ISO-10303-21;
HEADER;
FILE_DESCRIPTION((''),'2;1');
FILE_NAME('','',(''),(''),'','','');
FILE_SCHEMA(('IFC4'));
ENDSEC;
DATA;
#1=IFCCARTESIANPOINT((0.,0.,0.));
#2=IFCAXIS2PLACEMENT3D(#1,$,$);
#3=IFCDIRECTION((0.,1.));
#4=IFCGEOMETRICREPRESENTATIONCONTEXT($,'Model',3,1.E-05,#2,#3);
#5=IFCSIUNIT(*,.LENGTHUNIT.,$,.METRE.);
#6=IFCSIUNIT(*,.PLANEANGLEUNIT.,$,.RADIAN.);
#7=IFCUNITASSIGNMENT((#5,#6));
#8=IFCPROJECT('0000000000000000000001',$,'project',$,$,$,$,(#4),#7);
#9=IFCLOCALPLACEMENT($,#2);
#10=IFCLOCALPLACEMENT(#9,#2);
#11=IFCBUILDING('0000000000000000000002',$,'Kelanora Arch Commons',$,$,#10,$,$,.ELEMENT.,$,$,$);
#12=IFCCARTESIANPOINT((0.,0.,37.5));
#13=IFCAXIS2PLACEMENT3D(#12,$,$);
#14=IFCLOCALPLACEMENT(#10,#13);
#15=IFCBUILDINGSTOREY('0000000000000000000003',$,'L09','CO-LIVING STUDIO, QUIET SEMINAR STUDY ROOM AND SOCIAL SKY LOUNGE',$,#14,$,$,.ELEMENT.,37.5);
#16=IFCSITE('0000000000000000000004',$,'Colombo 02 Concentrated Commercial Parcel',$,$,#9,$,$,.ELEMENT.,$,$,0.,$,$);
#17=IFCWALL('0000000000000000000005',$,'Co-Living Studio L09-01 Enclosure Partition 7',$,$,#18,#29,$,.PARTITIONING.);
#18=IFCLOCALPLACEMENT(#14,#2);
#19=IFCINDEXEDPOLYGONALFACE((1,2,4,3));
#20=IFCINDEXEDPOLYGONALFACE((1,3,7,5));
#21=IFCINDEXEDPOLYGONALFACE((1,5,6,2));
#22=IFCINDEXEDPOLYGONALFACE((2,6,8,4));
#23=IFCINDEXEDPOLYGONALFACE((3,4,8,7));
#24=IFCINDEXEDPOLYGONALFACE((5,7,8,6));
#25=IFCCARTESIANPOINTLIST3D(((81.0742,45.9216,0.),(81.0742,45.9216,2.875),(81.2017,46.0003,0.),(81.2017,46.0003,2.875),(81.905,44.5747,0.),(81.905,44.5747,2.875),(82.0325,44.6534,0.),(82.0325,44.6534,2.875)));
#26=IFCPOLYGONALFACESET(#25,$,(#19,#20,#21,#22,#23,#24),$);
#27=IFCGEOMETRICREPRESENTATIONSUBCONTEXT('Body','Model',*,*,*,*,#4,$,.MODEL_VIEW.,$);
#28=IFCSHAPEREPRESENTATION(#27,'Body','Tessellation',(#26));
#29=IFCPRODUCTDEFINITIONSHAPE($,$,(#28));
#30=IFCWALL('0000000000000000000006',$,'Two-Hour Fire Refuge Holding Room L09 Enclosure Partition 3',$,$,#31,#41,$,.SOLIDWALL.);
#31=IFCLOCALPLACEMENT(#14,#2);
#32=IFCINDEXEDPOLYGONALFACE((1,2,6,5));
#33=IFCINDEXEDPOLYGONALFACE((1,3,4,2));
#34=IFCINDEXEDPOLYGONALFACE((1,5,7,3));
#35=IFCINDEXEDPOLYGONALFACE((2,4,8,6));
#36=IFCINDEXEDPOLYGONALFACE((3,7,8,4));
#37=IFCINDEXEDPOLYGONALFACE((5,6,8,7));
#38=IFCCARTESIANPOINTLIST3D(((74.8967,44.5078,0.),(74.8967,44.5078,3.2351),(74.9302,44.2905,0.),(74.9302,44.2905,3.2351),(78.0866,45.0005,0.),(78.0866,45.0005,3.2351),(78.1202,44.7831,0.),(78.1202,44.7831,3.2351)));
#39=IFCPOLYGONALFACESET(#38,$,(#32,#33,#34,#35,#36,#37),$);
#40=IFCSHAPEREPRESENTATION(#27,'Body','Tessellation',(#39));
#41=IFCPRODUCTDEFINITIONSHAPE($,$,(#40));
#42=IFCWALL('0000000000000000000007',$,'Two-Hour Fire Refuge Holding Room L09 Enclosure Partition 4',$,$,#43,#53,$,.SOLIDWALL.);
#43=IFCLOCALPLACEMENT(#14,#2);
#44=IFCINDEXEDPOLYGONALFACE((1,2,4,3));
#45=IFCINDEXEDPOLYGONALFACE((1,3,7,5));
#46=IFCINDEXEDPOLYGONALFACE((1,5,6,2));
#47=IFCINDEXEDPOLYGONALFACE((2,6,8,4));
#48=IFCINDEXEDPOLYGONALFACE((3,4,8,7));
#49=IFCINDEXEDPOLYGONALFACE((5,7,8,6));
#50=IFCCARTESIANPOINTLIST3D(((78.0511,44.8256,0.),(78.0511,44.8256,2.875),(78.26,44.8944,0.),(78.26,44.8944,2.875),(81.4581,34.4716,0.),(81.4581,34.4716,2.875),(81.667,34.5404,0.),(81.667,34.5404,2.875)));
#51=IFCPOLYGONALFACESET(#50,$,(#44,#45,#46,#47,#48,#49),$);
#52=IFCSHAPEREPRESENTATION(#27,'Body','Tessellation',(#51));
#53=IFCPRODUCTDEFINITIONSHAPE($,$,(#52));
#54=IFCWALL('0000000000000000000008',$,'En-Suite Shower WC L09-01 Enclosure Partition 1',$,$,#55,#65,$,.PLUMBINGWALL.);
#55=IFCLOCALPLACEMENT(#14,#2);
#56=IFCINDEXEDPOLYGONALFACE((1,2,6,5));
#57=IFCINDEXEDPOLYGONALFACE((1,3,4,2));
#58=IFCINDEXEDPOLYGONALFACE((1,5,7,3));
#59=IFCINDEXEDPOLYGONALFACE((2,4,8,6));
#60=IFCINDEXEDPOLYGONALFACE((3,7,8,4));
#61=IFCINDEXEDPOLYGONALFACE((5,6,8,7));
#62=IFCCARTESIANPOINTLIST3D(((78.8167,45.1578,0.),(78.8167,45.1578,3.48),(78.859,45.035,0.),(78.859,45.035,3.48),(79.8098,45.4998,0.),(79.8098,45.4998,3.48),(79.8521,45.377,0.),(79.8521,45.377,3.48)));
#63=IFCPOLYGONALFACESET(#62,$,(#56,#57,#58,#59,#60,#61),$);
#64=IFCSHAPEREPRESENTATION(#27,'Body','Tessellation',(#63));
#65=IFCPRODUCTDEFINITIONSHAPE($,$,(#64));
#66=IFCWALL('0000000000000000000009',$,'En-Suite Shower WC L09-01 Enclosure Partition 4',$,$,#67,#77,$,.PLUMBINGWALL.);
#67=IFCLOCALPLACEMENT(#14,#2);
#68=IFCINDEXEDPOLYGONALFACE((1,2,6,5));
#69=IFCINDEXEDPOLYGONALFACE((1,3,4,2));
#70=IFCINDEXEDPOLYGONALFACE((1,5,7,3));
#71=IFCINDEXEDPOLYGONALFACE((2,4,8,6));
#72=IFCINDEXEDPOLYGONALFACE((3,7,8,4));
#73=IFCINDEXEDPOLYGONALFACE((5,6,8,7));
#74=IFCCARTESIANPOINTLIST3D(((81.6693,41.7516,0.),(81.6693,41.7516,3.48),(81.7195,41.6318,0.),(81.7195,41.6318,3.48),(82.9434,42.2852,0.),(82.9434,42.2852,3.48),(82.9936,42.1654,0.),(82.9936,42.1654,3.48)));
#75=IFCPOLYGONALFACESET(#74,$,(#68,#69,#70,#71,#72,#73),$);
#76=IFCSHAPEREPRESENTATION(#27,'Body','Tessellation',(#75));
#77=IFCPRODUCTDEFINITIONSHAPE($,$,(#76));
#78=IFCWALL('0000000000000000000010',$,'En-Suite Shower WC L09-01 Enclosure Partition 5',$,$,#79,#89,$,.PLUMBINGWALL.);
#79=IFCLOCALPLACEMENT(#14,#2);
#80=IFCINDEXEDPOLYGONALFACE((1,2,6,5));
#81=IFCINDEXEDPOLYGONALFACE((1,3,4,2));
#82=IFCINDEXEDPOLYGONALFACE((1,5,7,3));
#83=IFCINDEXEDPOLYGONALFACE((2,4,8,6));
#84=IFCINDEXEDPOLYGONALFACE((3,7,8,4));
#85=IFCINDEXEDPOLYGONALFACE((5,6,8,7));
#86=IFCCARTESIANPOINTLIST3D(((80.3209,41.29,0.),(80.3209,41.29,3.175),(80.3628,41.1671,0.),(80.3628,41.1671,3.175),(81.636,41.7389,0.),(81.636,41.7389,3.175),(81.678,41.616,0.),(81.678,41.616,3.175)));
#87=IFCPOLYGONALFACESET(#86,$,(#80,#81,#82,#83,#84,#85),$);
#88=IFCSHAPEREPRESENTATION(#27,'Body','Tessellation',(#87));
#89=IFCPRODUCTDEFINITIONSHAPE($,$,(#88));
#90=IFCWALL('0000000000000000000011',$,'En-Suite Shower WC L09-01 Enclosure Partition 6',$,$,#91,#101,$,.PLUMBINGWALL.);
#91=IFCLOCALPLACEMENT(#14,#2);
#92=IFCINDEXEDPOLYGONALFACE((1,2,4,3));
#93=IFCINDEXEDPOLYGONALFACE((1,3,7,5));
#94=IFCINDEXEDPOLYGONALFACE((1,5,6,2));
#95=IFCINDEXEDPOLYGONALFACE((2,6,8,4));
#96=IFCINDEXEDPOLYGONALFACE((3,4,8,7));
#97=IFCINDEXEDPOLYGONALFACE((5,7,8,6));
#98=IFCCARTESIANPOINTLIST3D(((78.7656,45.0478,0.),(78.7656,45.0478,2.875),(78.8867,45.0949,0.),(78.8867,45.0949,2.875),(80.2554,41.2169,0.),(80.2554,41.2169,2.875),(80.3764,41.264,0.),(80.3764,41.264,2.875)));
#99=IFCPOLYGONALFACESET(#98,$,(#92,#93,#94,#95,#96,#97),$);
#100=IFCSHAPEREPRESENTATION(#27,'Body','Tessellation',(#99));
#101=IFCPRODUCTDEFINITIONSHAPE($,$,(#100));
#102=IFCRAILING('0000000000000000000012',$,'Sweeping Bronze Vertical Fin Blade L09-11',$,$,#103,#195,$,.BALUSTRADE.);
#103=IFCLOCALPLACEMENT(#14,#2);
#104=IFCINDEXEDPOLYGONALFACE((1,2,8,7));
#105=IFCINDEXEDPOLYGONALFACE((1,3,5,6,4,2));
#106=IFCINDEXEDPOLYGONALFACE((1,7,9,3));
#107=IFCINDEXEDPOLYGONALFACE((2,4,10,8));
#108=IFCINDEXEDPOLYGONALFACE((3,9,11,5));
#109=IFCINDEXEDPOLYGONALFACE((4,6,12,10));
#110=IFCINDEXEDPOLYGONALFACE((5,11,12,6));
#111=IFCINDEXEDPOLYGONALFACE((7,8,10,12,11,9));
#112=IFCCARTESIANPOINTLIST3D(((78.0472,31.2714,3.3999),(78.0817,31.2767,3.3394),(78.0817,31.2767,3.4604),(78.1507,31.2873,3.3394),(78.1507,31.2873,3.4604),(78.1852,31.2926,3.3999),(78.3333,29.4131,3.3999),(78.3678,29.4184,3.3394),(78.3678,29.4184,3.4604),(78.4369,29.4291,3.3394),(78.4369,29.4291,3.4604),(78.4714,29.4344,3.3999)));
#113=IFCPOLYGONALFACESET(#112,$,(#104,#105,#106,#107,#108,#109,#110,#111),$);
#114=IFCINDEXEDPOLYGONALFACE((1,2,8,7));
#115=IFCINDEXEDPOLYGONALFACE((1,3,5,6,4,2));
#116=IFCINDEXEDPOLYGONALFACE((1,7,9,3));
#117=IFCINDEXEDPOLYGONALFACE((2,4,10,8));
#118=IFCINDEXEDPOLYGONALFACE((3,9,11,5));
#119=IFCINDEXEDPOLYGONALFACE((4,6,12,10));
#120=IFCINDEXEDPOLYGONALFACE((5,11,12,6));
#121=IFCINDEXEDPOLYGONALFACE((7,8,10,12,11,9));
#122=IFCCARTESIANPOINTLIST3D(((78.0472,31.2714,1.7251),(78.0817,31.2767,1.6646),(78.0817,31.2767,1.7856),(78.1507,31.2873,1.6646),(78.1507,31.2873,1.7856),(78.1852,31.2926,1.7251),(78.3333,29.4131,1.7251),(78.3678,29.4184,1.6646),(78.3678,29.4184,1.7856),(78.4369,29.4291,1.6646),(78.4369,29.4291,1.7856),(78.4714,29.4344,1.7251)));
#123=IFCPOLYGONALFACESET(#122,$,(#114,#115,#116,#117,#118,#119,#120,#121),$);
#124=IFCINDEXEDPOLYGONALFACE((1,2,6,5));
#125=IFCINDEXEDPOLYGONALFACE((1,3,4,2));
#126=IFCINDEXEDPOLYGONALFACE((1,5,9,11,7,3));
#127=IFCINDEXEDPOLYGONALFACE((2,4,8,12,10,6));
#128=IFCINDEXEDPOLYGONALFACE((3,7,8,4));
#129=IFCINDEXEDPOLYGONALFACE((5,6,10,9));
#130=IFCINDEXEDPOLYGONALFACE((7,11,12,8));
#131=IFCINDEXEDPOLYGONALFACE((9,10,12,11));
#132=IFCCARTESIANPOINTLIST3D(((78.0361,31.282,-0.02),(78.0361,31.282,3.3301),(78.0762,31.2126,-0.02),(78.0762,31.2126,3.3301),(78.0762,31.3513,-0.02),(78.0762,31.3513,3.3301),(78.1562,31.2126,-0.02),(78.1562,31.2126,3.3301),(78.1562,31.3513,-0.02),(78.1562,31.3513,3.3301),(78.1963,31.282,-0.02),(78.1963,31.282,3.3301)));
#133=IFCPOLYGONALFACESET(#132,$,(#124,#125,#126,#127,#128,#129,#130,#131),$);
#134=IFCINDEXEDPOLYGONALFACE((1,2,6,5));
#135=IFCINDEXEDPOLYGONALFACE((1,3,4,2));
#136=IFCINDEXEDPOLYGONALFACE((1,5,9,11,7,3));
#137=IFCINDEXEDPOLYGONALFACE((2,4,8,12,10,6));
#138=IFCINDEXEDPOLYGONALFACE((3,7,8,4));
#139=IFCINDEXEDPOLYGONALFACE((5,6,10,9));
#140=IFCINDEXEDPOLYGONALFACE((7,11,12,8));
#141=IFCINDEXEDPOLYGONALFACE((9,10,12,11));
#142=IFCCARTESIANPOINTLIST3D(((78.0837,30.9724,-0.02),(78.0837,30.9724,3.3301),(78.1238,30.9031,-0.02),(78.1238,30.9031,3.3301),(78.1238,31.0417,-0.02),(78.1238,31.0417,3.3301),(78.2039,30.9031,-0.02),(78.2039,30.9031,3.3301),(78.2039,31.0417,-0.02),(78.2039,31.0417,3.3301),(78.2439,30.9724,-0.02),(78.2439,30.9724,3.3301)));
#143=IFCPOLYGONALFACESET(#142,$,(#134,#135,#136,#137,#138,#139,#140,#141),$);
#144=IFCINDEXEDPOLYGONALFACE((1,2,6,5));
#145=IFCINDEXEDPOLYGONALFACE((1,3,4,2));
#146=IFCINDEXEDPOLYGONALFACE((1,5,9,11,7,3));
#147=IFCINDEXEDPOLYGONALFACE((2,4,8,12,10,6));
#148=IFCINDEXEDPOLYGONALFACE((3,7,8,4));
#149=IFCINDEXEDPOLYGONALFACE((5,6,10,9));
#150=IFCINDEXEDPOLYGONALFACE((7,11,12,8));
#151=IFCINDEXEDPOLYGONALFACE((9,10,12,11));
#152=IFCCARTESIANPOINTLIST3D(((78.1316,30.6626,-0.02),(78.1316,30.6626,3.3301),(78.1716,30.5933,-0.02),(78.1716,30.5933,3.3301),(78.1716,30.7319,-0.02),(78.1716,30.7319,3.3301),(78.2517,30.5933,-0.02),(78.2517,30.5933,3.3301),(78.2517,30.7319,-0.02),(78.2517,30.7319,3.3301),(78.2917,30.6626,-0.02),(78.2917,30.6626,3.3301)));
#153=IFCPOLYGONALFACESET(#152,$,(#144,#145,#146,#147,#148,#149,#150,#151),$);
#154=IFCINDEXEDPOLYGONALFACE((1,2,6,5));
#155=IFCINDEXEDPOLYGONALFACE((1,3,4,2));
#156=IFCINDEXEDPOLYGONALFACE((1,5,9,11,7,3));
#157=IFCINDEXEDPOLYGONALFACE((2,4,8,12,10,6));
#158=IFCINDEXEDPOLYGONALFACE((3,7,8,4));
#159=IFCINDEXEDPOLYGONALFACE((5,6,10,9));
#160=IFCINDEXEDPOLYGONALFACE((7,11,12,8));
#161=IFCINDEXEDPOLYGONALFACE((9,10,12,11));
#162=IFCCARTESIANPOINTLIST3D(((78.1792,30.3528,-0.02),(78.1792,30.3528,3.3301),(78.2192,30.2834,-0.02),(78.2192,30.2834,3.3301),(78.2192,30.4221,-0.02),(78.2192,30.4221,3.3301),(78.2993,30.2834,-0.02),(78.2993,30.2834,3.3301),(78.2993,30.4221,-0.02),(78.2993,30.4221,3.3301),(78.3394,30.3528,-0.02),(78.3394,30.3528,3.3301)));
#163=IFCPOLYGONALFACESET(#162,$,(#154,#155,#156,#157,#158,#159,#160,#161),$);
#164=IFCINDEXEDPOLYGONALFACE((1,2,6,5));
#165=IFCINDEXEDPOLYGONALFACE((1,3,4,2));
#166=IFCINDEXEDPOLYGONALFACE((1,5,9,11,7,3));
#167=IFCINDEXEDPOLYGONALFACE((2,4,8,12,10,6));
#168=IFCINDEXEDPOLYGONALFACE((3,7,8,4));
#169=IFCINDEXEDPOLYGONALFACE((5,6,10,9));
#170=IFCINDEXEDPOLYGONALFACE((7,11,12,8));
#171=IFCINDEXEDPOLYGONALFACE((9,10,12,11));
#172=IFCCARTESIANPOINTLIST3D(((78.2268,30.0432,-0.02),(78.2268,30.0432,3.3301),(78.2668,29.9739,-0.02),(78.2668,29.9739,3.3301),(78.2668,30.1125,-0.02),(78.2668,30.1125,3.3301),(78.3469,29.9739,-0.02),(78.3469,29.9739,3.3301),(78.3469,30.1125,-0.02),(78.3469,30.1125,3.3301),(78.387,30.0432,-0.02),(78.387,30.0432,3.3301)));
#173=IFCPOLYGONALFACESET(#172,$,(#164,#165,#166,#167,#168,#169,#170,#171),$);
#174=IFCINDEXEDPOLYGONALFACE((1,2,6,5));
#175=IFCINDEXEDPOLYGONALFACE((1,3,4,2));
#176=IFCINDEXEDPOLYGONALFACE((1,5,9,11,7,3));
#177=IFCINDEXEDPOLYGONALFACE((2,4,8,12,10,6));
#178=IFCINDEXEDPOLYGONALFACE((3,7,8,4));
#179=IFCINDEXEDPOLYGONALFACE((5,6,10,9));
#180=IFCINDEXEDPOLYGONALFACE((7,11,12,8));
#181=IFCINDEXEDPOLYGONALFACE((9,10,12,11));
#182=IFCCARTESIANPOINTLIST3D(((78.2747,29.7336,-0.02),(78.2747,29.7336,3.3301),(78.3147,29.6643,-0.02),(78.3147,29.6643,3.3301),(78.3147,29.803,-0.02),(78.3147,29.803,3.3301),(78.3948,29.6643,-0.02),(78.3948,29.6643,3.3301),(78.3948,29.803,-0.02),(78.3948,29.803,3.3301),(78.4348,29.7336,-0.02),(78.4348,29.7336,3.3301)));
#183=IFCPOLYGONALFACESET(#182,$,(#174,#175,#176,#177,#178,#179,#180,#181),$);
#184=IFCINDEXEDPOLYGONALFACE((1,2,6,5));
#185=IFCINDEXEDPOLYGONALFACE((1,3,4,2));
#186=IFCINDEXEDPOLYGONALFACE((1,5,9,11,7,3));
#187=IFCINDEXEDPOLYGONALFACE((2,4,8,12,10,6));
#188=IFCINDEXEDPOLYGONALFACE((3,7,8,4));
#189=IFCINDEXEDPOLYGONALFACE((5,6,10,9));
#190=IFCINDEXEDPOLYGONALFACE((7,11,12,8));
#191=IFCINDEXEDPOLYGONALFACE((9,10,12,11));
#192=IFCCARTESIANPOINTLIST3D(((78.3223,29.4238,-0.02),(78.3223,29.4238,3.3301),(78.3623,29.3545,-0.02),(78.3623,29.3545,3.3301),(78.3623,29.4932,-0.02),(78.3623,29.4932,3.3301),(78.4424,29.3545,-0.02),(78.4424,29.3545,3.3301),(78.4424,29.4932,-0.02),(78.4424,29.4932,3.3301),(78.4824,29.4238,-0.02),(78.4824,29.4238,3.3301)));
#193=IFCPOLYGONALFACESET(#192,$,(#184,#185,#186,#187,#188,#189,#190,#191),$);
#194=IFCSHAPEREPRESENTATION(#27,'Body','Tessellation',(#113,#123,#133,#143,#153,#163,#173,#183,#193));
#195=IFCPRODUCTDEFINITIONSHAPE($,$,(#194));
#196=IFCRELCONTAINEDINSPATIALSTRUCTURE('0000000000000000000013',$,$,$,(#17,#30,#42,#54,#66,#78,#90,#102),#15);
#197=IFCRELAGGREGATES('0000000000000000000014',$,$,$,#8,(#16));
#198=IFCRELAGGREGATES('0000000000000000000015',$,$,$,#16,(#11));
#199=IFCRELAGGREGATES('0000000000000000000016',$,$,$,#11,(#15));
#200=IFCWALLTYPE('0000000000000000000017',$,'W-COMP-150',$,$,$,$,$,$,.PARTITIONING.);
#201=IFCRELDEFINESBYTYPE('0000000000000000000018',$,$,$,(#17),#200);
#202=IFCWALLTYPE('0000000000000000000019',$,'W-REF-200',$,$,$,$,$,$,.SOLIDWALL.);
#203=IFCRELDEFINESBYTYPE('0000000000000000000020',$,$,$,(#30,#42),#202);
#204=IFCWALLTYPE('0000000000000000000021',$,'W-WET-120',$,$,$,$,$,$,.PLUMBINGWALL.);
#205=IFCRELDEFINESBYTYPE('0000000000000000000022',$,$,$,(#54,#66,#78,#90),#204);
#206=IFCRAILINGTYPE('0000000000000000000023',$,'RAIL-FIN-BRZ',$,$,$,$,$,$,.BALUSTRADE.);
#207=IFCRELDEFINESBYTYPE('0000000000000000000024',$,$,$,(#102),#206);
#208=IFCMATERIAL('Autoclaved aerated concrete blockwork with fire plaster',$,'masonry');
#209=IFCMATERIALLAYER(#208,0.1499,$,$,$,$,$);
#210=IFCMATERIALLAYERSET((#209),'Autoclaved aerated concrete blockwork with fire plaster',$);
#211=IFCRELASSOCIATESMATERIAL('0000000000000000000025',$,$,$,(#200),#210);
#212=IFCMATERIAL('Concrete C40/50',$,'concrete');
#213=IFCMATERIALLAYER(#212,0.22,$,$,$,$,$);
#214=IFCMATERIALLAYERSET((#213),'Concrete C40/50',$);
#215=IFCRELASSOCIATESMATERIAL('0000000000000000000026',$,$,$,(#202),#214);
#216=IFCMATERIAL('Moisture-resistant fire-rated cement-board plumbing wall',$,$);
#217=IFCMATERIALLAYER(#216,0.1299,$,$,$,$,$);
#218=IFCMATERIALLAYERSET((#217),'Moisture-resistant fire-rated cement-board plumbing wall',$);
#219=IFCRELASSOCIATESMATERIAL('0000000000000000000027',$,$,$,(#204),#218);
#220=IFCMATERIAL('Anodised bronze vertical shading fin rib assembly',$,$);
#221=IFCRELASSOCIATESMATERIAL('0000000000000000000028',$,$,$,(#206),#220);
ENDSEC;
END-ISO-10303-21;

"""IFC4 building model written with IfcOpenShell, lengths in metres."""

from ifc_helpers import new_model, si_unit, direction, frame, frame_2d, origin, place, context, subcontext, project, spatial, polyline, rectangle, outline, extrude, material, layer, layer_set, type_object, element, save


model = new_model("IFC4")

# Units and contexts
model_context = context("Model", 3, precision=1e-05, world=origin(), true_north=direction((0.0, 1.0)))
body_context = subcontext(model_context, "Body", "Model", "MODEL_VIEW")
ifc_project = project(units=[si_unit("LENGTHUNIT", "METRE"), si_unit("PLANEANGLEUNIT", "RADIAN")], contexts=[model_context])

# Site, building, storey
site_placement = place(None, origin())
site = spatial("IfcSite", under=ifc_project, at=site_placement, Name="Colombo 02 Concentrated Commercial Parcel", CompositionType="ELEMENT", RefElevation=0.0)
building_placement = place(site_placement, origin())
building = spatial("IfcBuilding", under=site, at=building_placement, Name="Kelanora Arch Commons", CompositionType="ELEMENT")
storey_placement = place(building_placement, frame((0.0, 0.0, 37.5)))
storey = spatial("IfcBuildingStorey", under=building, at=storey_placement, Name="L09", Description="CO-LIVING STUDIO, QUIET SEMINAR STUDY ROOM AND SOCIAL SKY LOUNGE", CompositionType="ELEMENT", Elevation=37.5)

# Walls
ifc_material_1 = material(Name="Autoclaved aerated concrete blockwork with fire plaster", Category="masonry")
ifc_layer_1 = layer(ifc_material_1, 0.1499)
ifc_layer_set_1 = layer_set([ifc_layer_1], Name="Autoclaved aerated concrete blockwork with fire plaster")
wall_type_1 = type_object("IfcWallType", Name="W-COMP-150", PredefinedType="PARTITIONING", material=ifc_layer_set_1)
wall_1_placement = place(storey_placement, frame((81.9688, 44.614, 0.0), z_axis=(0.0, 0.0, 1.0), x_axis=(-0.524984, 0.851112, 0.0)))
element("IfcWall", 1, at=wall_1_placement, inside=storey, type_object=wall_type_1, Name="Co-Living Studio L09-01 Enclosure Partition 7", PredefinedType="PARTITIONING", context=body_context, shape_type="SweptSolid", body=[
    extrude(rectangle(XDim=1.5825, YDim=0.1499, at=frame_2d((0.7913, 0.0))), origin(), (0.0, 0.0, 1.0), 2.875),
])
ifc_material_2 = material(Name="Concrete C40/50", Category="concrete")
ifc_layer_2 = layer(ifc_material_2, 0.22)
ifc_layer_set_2 = layer_set([ifc_layer_2], Name="Concrete C40/50")
wall_type_2 = type_object("IfcWallType", Name="W-REF-200", PredefinedType="SOLIDWALL", material=ifc_layer_set_2)
wall_2_placement = place(storey_placement, frame((74.9136, 44.3992, 0.0), z_axis=(0.0, 0.0, 1.0), x_axis=(0.988282, 0.152637, 0.0)))
element("IfcWall", 2, at=wall_2_placement, inside=storey, type_object=wall_type_2, Name="Two-Hour Fire Refuge Holding Room L09 Enclosure Partition 3", PredefinedType="SOLIDWALL", context=body_context, shape_type="SweptSolid", body=[
    extrude(rectangle(XDim=3.2278, YDim=0.22, at=frame_2d((1.6138, 0.0))), origin(), (0.0, 0.0, 1.0), 3.2351),
])
wall_3_placement = place(storey_placement, frame((78.1555, 44.8601, 0.0), z_axis=(0.0, 0.0, 1.0), x_axis=(0.312563, -0.949897, 0.0)))
element("IfcWall", 3, at=wall_3_placement, inside=storey, type_object=wall_type_2, Name="Two-Hour Fire Refuge Holding Room L09 Enclosure Partition 4", PredefinedType="SOLIDWALL", context=body_context, shape_type="SweptSolid", body=[
    extrude(rectangle(XDim=10.9001, YDim=0.22, at=frame_2d((5.4502, 0.0))), origin(), (0.0, 0.0, 1.0), 2.875),
])
ifc_material_3 = material(Name="Moisture-resistant fire-rated cement-board plumbing wall")
ifc_layer_3 = layer(ifc_material_3, 0.1299)
ifc_layer_set_3 = layer_set([ifc_layer_3], Name="Moisture-resistant fire-rated cement-board plumbing wall")
wall_type_3 = type_object("IfcWallType", Name="W-WET-120", PredefinedType="PLUMBINGWALL", material=ifc_layer_set_3)
wall_4_placement = place(storey_placement, frame((78.8379, 45.0964, 0.0), z_axis=(0.0, 0.0, 1.0), x_axis=(0.945499, 0.325625, 0.0)))
element("IfcWall", 4, at=wall_4_placement, inside=storey, type_object=wall_type_3, Name="En-Suite Shower WC L09-01 Enclosure Partition 1", PredefinedType="PLUMBINGWALL", context=body_context, shape_type="SweptSolid", body=[
    extrude(rectangle(XDim=1.0503, YDim=0.1299, at=frame_2d((0.5251, 0.0))), origin(), (0.0, 0.0, 1.0), 3.48),
])
wall_5_placement = place(storey_placement, frame((82.9685, 42.2253, 0.0), z_axis=(0.0, 0.0, 1.0), x_axis=(-0.922359, -0.386334, 0.0)))
element("IfcWall", 5, at=wall_5_placement, inside=storey, type_object=wall_type_3, Name="En-Suite Shower WC L09-01 Enclosure Partition 4", PredefinedType="PLUMBINGWALL", context=body_context, shape_type="SweptSolid", body=[
    extrude(rectangle(XDim=1.3813, YDim=0.1299, at=frame_2d((0.6907, 0.0))), origin(), (0.0, 0.0, 1.0), 3.48),
])
wall_6_placement = place(storey_placement, frame((81.657, 41.6775, 0.0), z_axis=(0.0, 0.0, 1.0), x_axis=(-0.946375, -0.323071, 0.0)))
element("IfcWall", 6, at=wall_6_placement, inside=storey, type_object=wall_type_3, Name="En-Suite Shower WC L09-01 Enclosure Partition 5", PredefinedType="PLUMBINGWALL", context=body_context, shape_type="SweptSolid", body=[
    extrude(rectangle(XDim=1.3896, YDim=0.1299, at=frame_2d((0.6948, 0.0))), origin(), (0.0, 0.0, 1.0), 3.175),
])
wall_7_placement = place(storey_placement, frame((80.3159, 41.2405, 0.0), z_axis=(0.0, 0.0, 1.0), x_axis=(-0.362443, 0.932006, 0.0)))
element("IfcWall", 7, at=wall_7_placement, inside=storey, type_object=wall_type_3, Name="En-Suite Shower WC L09-01 Enclosure Partition 6", PredefinedType="PLUMBINGWALL", context=body_context, shape_type="SweptSolid", body=[
    extrude(rectangle(XDim=4.1104, YDim=0.1299, at=frame_2d((2.0552, 0.0))), origin(), (0.0, 0.0, 1.0), 2.875),
])

# Railing
ifc_material_4 = material(Name="Anodised bronze vertical shading fin rib assembly")
railing_type = type_object("IfcRailingType", Name="RAIL-FIN-BRZ", PredefinedType="BALUSTRADE", material=ifc_material_4)
railing_placement = place(storey_placement, frame((78.1162, 31.282, -0.02)))
element("IfcRailing", 8, at=railing_placement, inside=storey, type_object=railing_type, Name="Sweeping Bronze Vertical Fin Blade L09-11", PredefinedType="BALUSTRADE", context=body_context, shape_type="SweptSolid", body=[
    extrude(outline(polyline([(0.0698, 0.0), (0.0349, 0.0605), (-0.0349, 0.0605), (-0.0698, 0.0), (-0.0349, -0.0605), (0.0349, -0.0605), (0.0698, 0.0)])), frame((0.0, 0.0, 3.4199), z_axis=(0.152194, -0.988351, 0.0), x_axis=(0.988351, 0.152194, 0.0)), (0.0, 0.0, 1.0), 1.8801),
    extrude(outline(polyline([(0.0698, 0.0), (0.0349, 0.0605), (-0.0349, 0.0605), (-0.0698, 0.0), (-0.0349, -0.0605), (0.0349, -0.0605), (0.0698, 0.0)])), frame((0.0, 0.0, 1.7451), z_axis=(0.152194, -0.988351, 0.0), x_axis=(0.988351, 0.152194, 0.0)), (0.0, 0.0, 1.0), 1.8801),
    extrude(outline(polyline([(0.0801, 0.0), (0.04, 0.0693), (-0.04, 0.0693), (-0.0801, 0.0), (-0.04, -0.0693), (0.04, -0.0693), (0.0801, 0.0)])), origin(), (0.0, 0.0, 1.0), 3.3501),
    extrude(outline(polyline([(0.0801, 0.0), (0.04, 0.0693), (-0.04, 0.0693), (-0.0801, 0.0), (-0.04, -0.0693), (0.04, -0.0693), (0.0801, 0.0)])), frame((0.0476, -0.3096, 0.0)), (0.0, 0.0, 1.0), 3.3501),
    extrude(outline(polyline([(0.0801, 0.0), (0.04, 0.0693), (-0.04, 0.0693), (-0.0801, 0.0), (-0.04, -0.0693), (0.04, -0.0693), (0.0801, 0.0)])), frame((0.0955, -0.6194, 0.0)), (0.0, 0.0, 1.0), 3.3501),
    extrude(outline(polyline([(0.0801, 0.0), (0.04, 0.0693), (-0.04, 0.0693), (-0.0801, 0.0), (-0.04, -0.0693), (0.04, -0.0693), (0.0801, 0.0)])), frame((0.1431, -0.9292, 0.0)), (0.0, 0.0, 1.0), 3.3501),
    extrude(outline(polyline([(0.0801, 0.0), (0.04, 0.0693), (-0.04, 0.0693), (-0.0801, 0.0), (-0.04, -0.0693), (0.04, -0.0693), (0.0801, 0.0)])), frame((0.1907, -1.2388, 0.0)), (0.0, 0.0, 1.0), 3.3501),
    extrude(outline(polyline([(0.0801, 0.0), (0.04, 0.0693), (-0.04, 0.0693), (-0.0801, 0.0), (-0.04, -0.0693), (0.04, -0.0693), (0.0801, 0.0)])), frame((0.2385, -1.5483, 0.0)), (0.0, 0.0, 1.0), 3.3501),
    extrude(outline(polyline([(0.0801, 0.0), (0.04, 0.0693), (-0.04, 0.0693), (-0.0801, 0.0), (-0.04, -0.0693), (0.04, -0.0693), (0.0801, 0.0)])), frame((0.2861, -1.8582, 0.0)), (0.0, 0.0, 1.0), 3.3501),
])

save(model, "model.ifc")
